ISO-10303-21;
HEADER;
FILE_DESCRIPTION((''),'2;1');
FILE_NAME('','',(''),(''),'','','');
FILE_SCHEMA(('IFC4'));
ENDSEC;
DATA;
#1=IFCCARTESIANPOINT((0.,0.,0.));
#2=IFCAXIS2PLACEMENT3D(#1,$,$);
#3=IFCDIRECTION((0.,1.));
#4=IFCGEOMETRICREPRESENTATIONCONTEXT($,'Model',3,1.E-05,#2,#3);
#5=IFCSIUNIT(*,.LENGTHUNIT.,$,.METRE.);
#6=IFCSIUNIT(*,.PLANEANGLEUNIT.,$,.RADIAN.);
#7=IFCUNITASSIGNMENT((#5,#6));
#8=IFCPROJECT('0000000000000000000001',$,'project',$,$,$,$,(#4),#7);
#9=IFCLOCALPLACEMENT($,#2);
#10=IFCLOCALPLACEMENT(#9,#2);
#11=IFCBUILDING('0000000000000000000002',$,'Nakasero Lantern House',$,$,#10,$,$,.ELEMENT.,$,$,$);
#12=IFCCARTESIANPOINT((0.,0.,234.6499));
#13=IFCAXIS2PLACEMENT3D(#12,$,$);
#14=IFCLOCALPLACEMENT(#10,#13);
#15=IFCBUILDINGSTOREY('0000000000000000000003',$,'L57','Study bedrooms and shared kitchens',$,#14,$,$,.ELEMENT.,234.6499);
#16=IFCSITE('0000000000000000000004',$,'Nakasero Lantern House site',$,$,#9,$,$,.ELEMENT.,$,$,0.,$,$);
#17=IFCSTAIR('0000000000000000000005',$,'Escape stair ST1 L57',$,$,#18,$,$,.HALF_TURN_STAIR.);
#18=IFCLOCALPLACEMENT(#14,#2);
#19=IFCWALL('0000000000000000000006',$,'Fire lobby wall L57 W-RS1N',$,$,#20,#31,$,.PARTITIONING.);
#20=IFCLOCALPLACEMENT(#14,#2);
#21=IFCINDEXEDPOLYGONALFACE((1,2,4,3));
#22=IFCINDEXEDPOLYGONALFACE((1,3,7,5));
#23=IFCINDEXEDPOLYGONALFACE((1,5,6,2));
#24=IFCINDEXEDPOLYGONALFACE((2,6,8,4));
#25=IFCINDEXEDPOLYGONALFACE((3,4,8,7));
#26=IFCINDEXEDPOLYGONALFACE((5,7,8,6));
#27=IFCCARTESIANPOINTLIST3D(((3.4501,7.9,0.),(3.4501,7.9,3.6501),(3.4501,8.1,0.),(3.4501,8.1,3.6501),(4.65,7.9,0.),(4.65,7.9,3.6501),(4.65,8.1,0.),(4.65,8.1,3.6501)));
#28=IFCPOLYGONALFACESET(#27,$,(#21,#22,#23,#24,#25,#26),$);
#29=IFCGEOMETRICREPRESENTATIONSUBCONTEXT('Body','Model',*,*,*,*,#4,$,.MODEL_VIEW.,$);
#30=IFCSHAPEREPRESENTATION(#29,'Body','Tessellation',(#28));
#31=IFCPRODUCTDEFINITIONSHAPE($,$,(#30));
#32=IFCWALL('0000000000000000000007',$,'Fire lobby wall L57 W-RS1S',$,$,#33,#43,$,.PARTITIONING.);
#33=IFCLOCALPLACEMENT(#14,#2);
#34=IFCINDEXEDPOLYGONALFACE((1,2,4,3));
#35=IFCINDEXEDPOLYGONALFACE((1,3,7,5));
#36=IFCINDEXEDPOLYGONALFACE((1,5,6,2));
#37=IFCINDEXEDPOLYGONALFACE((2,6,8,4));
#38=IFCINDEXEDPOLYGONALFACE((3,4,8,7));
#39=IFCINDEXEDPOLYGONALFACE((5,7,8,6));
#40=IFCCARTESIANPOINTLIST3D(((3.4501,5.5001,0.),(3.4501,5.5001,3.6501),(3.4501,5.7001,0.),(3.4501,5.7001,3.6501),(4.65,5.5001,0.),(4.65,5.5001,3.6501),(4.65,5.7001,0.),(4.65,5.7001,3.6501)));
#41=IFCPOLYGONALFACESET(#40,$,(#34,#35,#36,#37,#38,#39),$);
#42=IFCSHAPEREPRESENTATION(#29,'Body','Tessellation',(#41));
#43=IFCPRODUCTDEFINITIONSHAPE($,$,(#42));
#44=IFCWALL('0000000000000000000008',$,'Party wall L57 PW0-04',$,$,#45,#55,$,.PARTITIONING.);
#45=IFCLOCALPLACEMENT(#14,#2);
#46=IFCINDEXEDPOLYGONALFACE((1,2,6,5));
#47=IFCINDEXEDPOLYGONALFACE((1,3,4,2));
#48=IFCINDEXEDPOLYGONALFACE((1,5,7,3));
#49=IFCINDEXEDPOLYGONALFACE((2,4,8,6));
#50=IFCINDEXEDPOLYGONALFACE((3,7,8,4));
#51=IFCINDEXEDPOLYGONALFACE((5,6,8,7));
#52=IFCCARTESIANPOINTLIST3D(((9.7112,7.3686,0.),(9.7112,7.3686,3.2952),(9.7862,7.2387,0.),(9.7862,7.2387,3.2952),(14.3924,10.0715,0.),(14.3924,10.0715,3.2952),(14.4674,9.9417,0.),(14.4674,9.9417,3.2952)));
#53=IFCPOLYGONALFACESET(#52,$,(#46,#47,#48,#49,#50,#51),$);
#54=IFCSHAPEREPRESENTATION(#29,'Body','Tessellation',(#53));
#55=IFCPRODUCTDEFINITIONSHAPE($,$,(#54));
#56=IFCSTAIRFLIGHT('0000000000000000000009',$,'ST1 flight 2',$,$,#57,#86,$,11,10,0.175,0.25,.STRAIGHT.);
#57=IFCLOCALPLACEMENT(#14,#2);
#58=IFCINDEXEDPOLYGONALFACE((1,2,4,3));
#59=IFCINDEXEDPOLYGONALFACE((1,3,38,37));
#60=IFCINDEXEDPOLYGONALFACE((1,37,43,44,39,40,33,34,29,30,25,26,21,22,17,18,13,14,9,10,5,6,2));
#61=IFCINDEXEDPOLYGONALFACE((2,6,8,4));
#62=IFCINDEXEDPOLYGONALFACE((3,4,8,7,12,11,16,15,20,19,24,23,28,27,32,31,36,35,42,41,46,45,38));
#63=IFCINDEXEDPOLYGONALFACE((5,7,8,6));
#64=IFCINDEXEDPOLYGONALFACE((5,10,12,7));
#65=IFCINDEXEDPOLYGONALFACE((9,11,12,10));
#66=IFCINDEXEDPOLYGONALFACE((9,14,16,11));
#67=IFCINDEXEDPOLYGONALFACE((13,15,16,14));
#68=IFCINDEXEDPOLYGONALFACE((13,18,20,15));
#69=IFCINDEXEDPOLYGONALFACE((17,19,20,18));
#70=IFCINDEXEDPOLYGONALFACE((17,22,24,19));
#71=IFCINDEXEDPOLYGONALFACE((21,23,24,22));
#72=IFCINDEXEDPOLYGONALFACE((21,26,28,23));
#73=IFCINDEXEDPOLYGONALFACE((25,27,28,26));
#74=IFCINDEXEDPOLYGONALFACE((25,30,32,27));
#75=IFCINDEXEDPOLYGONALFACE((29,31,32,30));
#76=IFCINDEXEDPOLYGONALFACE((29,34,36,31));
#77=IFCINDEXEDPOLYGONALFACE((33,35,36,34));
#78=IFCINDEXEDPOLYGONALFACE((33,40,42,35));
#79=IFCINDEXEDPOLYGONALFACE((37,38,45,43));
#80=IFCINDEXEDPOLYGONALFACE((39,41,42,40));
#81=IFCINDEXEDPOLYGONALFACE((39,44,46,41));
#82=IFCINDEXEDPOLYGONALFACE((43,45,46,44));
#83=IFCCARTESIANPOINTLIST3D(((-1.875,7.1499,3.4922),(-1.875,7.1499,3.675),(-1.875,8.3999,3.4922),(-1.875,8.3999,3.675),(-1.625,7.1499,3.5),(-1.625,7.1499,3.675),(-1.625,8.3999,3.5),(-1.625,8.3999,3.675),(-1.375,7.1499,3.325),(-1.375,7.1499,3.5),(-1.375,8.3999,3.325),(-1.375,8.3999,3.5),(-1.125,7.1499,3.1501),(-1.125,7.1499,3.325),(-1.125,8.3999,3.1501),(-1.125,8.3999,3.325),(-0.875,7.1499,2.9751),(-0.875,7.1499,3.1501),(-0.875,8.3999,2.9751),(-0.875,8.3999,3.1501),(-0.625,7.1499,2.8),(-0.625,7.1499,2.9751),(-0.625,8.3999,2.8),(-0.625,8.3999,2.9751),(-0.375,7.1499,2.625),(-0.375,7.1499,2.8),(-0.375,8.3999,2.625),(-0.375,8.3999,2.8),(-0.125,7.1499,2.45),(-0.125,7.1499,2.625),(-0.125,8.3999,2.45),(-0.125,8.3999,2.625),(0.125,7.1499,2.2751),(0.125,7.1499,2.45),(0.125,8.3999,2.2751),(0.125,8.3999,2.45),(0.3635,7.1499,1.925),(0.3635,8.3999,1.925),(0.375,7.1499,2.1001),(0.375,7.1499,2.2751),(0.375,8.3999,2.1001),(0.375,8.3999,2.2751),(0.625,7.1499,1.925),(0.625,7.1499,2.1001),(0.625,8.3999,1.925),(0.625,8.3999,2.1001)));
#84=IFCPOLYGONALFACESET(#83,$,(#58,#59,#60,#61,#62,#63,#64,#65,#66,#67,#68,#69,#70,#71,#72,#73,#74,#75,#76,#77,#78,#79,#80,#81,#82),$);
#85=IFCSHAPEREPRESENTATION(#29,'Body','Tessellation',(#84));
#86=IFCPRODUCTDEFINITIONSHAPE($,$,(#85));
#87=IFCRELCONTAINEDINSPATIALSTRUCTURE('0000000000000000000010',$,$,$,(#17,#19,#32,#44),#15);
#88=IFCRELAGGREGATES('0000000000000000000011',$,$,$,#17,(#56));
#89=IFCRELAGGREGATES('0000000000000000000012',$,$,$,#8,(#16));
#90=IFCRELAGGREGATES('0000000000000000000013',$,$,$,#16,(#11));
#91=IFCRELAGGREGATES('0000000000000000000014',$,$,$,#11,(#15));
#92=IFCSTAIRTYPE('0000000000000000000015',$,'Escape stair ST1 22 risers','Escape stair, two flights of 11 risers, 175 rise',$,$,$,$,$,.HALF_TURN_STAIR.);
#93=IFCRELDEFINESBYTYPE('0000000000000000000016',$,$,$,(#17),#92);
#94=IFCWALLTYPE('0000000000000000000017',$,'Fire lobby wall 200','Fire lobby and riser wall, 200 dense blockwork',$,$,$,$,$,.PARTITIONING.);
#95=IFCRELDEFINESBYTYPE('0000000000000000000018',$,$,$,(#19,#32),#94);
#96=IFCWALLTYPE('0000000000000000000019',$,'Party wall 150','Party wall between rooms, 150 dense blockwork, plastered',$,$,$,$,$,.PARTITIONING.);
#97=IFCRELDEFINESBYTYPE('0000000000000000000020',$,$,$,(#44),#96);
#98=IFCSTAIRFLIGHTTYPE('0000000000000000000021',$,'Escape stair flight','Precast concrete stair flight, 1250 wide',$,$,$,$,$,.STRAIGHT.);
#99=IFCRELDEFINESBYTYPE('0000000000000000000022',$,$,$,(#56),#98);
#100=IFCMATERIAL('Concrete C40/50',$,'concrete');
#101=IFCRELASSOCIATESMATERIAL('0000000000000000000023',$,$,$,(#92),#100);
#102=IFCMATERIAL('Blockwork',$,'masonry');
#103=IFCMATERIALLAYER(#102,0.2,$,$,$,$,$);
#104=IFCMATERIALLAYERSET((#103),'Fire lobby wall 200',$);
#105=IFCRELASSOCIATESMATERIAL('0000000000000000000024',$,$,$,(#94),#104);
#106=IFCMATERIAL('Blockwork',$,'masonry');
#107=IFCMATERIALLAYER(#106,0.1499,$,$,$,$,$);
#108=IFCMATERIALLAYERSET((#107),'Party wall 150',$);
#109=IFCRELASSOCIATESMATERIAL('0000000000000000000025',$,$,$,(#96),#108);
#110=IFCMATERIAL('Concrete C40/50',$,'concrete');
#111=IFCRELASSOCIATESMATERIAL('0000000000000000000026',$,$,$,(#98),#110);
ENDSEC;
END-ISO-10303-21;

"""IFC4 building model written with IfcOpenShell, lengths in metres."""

from ifc_helpers import new_model, si_unit, direction, frame, frame_2d, origin, place, context, subcontext, project, spatial, polyline, rectangle, outline, extrude, material, layer, layer_set, type_object, element, aggregate, save


model = new_model("IFC4")

# Units and contexts
model_context = context("Model", 3, precision=1e-05, world=origin(), true_north=direction((0.0, 1.0)))
body_context = subcontext(model_context, "Body", "Model", "MODEL_VIEW")
ifc_project = project(units=[si_unit("LENGTHUNIT", "METRE"), si_unit("PLANEANGLEUNIT", "RADIAN")], contexts=[model_context])

# Site, building, storey
site_placement = place(None, origin())
site = spatial("IfcSite", under=ifc_project, at=site_placement, Name="Nakasero Lantern House site", CompositionType="ELEMENT", RefElevation=0.0)
building_placement = place(site_placement, origin())
building = spatial("IfcBuilding", under=site, at=building_placement, Name="Nakasero Lantern House", CompositionType="ELEMENT")
storey_placement = place(building_placement, frame((0.0, 0.0, 234.6499)))
storey = spatial("IfcBuildingStorey", under=building, at=storey_placement, Name="L57", Description="Study bedrooms and shared kitchens", CompositionType="ELEMENT", Elevation=234.6499)

# Stair
ifc_material_1 = material(Name="Concrete C40/50", Category="concrete")
stair_type_1 = type_object("IfcStairType", Name="Escape stair ST1 22 risers", Description="Escape stair, two flights of 11 risers, 175 rise", PredefinedType="HALF_TURN_STAIR", material=ifc_material_1)
stair_1_placement = place(storey_placement, origin())
stair_1 = element("IfcStair", 1, at=stair_1_placement, inside=storey, type_object=stair_type_1, Name="Escape stair ST1 L57", PredefinedType="HALF_TURN_STAIR")

# Shared definitions
ifc_material_2 = material(Name="Blockwork", Category="masonry")
ifc_layer_1 = layer(ifc_material_2, 0.2)
ifc_layer_set_1 = layer_set([ifc_layer_1], Name="Fire lobby wall 200")
wall_type_1 = type_object("IfcWallType", Name="Fire lobby wall 200", Description="Fire lobby and riser wall, 200 dense blockwork", PredefinedType="PARTITIONING", material=ifc_layer_set_1)

# Walls
for number, where, z_axis, x_axis, name in (
    (2, (3.45, 8.0, 0.0), (0.0, 0.0, 1.0), (1.0, 0.0, 0.0), "Fire lobby wall L57 W-RS1N"),
    (3, (3.45, 5.6001, 0.0), (0.0, 0.0, 1.0), (1.0, 0.0, 0.0), "Fire lobby wall L57 W-RS1S"),
):
    element("IfcWall", number, at=place(storey_placement, frame(where, z_axis=z_axis, x_axis=x_axis)), inside=storey, type_object=wall_type_1, Name=name, PredefinedType="PARTITIONING", context=body_context, shape_type="SweptSolid", body=[
        extrude(rectangle(XDim=1.2, YDim=0.2, at=frame_2d((0.6001, 0.0))), origin(), (0.0, 0.0, 1.0), 3.6501),
    ])
ifc_material_3 = material(Name="Blockwork", Category="masonry")
ifc_layer_2 = layer(ifc_material_3, 0.1499)
ifc_layer_set_2 = layer_set([ifc_layer_2], Name="Party wall 150")
wall_type_2 = type_object("IfcWallType", Name="Party wall 150", Description="Party wall between rooms, 150 dense blockwork, plastered", PredefinedType="PARTITIONING", material=ifc_layer_set_2)
wall_1_placement = place(storey_placement, frame((9.7488, 7.3037, 0.0), z_axis=(0.0, 0.0, 1.0), x_axis=(0.866008, 0.50003, 0.0)))
element("IfcWall", 4, at=wall_1_placement, inside=storey, type_object=wall_type_2, Name="Party wall L57 PW0-04", PredefinedType="PARTITIONING", context=body_context, shape_type="SweptSolid", body=[
    extrude(rectangle(XDim=5.4055, YDim=0.1499, at=frame_2d((2.7026, 0.0))), origin(), (0.0, 0.0, 1.0), 3.2952),
])

# Stair flight
ifc_material_4 = material(Name="Concrete C40/50", Category="concrete")
stair_flight_type = type_object("IfcStairFlightType", Name="Escape stair flight", Description="Precast concrete stair flight, 1250 wide", PredefinedType="STRAIGHT", material=ifc_material_4)
stair_flight_placement = place(storey_placement, frame((0.625, 7.7749, 1.925), z_axis=(0.0, 0.0, 1.0), x_axis=(-1.0, 0.0, 0.0)))
stair_flight = element("IfcStairFlight", 5, at=stair_flight_placement, type_object=stair_flight_type, Name="ST1 flight 2", NumberOfRisers=11, NumberOfTreads=10, PredefinedType="STRAIGHT", RiserHeight=0.175, TreadLength=0.25, context=body_context, shape_type="SweptSolid", body=[
    extrude(outline(polyline([(0.0, 0.0), (0.0, 0.175), (0.25, 0.175), (0.25, 0.3501), (0.5, 0.3501), (0.5, 0.5249), (0.75, 0.5249), (0.75, 0.7), (1.0, 0.7), (1.0, 0.875), (1.25, 0.875), (1.25, 1.05), (1.5, 1.05), (1.5, 1.2251), (1.75, 1.2251), (1.75, 1.3999), (2.0, 1.3999), (2.0, 1.575), (2.25, 1.575), (2.25, 1.75), (2.5, 1.75), (2.5, 1.925), (2.5, 1.5671), (0.2615, 0.0), (0.0, 0.0)])), frame((0.0, 0.625, 0.0), z_axis=(0.0, -1.0, 0.0), x_axis=(1.0, 0.0, 0.0)), (0.0, 0.0, 1.0), 1.25),
])
aggregate(stair_1, [stair_flight])

save(model, "model.ifc")
